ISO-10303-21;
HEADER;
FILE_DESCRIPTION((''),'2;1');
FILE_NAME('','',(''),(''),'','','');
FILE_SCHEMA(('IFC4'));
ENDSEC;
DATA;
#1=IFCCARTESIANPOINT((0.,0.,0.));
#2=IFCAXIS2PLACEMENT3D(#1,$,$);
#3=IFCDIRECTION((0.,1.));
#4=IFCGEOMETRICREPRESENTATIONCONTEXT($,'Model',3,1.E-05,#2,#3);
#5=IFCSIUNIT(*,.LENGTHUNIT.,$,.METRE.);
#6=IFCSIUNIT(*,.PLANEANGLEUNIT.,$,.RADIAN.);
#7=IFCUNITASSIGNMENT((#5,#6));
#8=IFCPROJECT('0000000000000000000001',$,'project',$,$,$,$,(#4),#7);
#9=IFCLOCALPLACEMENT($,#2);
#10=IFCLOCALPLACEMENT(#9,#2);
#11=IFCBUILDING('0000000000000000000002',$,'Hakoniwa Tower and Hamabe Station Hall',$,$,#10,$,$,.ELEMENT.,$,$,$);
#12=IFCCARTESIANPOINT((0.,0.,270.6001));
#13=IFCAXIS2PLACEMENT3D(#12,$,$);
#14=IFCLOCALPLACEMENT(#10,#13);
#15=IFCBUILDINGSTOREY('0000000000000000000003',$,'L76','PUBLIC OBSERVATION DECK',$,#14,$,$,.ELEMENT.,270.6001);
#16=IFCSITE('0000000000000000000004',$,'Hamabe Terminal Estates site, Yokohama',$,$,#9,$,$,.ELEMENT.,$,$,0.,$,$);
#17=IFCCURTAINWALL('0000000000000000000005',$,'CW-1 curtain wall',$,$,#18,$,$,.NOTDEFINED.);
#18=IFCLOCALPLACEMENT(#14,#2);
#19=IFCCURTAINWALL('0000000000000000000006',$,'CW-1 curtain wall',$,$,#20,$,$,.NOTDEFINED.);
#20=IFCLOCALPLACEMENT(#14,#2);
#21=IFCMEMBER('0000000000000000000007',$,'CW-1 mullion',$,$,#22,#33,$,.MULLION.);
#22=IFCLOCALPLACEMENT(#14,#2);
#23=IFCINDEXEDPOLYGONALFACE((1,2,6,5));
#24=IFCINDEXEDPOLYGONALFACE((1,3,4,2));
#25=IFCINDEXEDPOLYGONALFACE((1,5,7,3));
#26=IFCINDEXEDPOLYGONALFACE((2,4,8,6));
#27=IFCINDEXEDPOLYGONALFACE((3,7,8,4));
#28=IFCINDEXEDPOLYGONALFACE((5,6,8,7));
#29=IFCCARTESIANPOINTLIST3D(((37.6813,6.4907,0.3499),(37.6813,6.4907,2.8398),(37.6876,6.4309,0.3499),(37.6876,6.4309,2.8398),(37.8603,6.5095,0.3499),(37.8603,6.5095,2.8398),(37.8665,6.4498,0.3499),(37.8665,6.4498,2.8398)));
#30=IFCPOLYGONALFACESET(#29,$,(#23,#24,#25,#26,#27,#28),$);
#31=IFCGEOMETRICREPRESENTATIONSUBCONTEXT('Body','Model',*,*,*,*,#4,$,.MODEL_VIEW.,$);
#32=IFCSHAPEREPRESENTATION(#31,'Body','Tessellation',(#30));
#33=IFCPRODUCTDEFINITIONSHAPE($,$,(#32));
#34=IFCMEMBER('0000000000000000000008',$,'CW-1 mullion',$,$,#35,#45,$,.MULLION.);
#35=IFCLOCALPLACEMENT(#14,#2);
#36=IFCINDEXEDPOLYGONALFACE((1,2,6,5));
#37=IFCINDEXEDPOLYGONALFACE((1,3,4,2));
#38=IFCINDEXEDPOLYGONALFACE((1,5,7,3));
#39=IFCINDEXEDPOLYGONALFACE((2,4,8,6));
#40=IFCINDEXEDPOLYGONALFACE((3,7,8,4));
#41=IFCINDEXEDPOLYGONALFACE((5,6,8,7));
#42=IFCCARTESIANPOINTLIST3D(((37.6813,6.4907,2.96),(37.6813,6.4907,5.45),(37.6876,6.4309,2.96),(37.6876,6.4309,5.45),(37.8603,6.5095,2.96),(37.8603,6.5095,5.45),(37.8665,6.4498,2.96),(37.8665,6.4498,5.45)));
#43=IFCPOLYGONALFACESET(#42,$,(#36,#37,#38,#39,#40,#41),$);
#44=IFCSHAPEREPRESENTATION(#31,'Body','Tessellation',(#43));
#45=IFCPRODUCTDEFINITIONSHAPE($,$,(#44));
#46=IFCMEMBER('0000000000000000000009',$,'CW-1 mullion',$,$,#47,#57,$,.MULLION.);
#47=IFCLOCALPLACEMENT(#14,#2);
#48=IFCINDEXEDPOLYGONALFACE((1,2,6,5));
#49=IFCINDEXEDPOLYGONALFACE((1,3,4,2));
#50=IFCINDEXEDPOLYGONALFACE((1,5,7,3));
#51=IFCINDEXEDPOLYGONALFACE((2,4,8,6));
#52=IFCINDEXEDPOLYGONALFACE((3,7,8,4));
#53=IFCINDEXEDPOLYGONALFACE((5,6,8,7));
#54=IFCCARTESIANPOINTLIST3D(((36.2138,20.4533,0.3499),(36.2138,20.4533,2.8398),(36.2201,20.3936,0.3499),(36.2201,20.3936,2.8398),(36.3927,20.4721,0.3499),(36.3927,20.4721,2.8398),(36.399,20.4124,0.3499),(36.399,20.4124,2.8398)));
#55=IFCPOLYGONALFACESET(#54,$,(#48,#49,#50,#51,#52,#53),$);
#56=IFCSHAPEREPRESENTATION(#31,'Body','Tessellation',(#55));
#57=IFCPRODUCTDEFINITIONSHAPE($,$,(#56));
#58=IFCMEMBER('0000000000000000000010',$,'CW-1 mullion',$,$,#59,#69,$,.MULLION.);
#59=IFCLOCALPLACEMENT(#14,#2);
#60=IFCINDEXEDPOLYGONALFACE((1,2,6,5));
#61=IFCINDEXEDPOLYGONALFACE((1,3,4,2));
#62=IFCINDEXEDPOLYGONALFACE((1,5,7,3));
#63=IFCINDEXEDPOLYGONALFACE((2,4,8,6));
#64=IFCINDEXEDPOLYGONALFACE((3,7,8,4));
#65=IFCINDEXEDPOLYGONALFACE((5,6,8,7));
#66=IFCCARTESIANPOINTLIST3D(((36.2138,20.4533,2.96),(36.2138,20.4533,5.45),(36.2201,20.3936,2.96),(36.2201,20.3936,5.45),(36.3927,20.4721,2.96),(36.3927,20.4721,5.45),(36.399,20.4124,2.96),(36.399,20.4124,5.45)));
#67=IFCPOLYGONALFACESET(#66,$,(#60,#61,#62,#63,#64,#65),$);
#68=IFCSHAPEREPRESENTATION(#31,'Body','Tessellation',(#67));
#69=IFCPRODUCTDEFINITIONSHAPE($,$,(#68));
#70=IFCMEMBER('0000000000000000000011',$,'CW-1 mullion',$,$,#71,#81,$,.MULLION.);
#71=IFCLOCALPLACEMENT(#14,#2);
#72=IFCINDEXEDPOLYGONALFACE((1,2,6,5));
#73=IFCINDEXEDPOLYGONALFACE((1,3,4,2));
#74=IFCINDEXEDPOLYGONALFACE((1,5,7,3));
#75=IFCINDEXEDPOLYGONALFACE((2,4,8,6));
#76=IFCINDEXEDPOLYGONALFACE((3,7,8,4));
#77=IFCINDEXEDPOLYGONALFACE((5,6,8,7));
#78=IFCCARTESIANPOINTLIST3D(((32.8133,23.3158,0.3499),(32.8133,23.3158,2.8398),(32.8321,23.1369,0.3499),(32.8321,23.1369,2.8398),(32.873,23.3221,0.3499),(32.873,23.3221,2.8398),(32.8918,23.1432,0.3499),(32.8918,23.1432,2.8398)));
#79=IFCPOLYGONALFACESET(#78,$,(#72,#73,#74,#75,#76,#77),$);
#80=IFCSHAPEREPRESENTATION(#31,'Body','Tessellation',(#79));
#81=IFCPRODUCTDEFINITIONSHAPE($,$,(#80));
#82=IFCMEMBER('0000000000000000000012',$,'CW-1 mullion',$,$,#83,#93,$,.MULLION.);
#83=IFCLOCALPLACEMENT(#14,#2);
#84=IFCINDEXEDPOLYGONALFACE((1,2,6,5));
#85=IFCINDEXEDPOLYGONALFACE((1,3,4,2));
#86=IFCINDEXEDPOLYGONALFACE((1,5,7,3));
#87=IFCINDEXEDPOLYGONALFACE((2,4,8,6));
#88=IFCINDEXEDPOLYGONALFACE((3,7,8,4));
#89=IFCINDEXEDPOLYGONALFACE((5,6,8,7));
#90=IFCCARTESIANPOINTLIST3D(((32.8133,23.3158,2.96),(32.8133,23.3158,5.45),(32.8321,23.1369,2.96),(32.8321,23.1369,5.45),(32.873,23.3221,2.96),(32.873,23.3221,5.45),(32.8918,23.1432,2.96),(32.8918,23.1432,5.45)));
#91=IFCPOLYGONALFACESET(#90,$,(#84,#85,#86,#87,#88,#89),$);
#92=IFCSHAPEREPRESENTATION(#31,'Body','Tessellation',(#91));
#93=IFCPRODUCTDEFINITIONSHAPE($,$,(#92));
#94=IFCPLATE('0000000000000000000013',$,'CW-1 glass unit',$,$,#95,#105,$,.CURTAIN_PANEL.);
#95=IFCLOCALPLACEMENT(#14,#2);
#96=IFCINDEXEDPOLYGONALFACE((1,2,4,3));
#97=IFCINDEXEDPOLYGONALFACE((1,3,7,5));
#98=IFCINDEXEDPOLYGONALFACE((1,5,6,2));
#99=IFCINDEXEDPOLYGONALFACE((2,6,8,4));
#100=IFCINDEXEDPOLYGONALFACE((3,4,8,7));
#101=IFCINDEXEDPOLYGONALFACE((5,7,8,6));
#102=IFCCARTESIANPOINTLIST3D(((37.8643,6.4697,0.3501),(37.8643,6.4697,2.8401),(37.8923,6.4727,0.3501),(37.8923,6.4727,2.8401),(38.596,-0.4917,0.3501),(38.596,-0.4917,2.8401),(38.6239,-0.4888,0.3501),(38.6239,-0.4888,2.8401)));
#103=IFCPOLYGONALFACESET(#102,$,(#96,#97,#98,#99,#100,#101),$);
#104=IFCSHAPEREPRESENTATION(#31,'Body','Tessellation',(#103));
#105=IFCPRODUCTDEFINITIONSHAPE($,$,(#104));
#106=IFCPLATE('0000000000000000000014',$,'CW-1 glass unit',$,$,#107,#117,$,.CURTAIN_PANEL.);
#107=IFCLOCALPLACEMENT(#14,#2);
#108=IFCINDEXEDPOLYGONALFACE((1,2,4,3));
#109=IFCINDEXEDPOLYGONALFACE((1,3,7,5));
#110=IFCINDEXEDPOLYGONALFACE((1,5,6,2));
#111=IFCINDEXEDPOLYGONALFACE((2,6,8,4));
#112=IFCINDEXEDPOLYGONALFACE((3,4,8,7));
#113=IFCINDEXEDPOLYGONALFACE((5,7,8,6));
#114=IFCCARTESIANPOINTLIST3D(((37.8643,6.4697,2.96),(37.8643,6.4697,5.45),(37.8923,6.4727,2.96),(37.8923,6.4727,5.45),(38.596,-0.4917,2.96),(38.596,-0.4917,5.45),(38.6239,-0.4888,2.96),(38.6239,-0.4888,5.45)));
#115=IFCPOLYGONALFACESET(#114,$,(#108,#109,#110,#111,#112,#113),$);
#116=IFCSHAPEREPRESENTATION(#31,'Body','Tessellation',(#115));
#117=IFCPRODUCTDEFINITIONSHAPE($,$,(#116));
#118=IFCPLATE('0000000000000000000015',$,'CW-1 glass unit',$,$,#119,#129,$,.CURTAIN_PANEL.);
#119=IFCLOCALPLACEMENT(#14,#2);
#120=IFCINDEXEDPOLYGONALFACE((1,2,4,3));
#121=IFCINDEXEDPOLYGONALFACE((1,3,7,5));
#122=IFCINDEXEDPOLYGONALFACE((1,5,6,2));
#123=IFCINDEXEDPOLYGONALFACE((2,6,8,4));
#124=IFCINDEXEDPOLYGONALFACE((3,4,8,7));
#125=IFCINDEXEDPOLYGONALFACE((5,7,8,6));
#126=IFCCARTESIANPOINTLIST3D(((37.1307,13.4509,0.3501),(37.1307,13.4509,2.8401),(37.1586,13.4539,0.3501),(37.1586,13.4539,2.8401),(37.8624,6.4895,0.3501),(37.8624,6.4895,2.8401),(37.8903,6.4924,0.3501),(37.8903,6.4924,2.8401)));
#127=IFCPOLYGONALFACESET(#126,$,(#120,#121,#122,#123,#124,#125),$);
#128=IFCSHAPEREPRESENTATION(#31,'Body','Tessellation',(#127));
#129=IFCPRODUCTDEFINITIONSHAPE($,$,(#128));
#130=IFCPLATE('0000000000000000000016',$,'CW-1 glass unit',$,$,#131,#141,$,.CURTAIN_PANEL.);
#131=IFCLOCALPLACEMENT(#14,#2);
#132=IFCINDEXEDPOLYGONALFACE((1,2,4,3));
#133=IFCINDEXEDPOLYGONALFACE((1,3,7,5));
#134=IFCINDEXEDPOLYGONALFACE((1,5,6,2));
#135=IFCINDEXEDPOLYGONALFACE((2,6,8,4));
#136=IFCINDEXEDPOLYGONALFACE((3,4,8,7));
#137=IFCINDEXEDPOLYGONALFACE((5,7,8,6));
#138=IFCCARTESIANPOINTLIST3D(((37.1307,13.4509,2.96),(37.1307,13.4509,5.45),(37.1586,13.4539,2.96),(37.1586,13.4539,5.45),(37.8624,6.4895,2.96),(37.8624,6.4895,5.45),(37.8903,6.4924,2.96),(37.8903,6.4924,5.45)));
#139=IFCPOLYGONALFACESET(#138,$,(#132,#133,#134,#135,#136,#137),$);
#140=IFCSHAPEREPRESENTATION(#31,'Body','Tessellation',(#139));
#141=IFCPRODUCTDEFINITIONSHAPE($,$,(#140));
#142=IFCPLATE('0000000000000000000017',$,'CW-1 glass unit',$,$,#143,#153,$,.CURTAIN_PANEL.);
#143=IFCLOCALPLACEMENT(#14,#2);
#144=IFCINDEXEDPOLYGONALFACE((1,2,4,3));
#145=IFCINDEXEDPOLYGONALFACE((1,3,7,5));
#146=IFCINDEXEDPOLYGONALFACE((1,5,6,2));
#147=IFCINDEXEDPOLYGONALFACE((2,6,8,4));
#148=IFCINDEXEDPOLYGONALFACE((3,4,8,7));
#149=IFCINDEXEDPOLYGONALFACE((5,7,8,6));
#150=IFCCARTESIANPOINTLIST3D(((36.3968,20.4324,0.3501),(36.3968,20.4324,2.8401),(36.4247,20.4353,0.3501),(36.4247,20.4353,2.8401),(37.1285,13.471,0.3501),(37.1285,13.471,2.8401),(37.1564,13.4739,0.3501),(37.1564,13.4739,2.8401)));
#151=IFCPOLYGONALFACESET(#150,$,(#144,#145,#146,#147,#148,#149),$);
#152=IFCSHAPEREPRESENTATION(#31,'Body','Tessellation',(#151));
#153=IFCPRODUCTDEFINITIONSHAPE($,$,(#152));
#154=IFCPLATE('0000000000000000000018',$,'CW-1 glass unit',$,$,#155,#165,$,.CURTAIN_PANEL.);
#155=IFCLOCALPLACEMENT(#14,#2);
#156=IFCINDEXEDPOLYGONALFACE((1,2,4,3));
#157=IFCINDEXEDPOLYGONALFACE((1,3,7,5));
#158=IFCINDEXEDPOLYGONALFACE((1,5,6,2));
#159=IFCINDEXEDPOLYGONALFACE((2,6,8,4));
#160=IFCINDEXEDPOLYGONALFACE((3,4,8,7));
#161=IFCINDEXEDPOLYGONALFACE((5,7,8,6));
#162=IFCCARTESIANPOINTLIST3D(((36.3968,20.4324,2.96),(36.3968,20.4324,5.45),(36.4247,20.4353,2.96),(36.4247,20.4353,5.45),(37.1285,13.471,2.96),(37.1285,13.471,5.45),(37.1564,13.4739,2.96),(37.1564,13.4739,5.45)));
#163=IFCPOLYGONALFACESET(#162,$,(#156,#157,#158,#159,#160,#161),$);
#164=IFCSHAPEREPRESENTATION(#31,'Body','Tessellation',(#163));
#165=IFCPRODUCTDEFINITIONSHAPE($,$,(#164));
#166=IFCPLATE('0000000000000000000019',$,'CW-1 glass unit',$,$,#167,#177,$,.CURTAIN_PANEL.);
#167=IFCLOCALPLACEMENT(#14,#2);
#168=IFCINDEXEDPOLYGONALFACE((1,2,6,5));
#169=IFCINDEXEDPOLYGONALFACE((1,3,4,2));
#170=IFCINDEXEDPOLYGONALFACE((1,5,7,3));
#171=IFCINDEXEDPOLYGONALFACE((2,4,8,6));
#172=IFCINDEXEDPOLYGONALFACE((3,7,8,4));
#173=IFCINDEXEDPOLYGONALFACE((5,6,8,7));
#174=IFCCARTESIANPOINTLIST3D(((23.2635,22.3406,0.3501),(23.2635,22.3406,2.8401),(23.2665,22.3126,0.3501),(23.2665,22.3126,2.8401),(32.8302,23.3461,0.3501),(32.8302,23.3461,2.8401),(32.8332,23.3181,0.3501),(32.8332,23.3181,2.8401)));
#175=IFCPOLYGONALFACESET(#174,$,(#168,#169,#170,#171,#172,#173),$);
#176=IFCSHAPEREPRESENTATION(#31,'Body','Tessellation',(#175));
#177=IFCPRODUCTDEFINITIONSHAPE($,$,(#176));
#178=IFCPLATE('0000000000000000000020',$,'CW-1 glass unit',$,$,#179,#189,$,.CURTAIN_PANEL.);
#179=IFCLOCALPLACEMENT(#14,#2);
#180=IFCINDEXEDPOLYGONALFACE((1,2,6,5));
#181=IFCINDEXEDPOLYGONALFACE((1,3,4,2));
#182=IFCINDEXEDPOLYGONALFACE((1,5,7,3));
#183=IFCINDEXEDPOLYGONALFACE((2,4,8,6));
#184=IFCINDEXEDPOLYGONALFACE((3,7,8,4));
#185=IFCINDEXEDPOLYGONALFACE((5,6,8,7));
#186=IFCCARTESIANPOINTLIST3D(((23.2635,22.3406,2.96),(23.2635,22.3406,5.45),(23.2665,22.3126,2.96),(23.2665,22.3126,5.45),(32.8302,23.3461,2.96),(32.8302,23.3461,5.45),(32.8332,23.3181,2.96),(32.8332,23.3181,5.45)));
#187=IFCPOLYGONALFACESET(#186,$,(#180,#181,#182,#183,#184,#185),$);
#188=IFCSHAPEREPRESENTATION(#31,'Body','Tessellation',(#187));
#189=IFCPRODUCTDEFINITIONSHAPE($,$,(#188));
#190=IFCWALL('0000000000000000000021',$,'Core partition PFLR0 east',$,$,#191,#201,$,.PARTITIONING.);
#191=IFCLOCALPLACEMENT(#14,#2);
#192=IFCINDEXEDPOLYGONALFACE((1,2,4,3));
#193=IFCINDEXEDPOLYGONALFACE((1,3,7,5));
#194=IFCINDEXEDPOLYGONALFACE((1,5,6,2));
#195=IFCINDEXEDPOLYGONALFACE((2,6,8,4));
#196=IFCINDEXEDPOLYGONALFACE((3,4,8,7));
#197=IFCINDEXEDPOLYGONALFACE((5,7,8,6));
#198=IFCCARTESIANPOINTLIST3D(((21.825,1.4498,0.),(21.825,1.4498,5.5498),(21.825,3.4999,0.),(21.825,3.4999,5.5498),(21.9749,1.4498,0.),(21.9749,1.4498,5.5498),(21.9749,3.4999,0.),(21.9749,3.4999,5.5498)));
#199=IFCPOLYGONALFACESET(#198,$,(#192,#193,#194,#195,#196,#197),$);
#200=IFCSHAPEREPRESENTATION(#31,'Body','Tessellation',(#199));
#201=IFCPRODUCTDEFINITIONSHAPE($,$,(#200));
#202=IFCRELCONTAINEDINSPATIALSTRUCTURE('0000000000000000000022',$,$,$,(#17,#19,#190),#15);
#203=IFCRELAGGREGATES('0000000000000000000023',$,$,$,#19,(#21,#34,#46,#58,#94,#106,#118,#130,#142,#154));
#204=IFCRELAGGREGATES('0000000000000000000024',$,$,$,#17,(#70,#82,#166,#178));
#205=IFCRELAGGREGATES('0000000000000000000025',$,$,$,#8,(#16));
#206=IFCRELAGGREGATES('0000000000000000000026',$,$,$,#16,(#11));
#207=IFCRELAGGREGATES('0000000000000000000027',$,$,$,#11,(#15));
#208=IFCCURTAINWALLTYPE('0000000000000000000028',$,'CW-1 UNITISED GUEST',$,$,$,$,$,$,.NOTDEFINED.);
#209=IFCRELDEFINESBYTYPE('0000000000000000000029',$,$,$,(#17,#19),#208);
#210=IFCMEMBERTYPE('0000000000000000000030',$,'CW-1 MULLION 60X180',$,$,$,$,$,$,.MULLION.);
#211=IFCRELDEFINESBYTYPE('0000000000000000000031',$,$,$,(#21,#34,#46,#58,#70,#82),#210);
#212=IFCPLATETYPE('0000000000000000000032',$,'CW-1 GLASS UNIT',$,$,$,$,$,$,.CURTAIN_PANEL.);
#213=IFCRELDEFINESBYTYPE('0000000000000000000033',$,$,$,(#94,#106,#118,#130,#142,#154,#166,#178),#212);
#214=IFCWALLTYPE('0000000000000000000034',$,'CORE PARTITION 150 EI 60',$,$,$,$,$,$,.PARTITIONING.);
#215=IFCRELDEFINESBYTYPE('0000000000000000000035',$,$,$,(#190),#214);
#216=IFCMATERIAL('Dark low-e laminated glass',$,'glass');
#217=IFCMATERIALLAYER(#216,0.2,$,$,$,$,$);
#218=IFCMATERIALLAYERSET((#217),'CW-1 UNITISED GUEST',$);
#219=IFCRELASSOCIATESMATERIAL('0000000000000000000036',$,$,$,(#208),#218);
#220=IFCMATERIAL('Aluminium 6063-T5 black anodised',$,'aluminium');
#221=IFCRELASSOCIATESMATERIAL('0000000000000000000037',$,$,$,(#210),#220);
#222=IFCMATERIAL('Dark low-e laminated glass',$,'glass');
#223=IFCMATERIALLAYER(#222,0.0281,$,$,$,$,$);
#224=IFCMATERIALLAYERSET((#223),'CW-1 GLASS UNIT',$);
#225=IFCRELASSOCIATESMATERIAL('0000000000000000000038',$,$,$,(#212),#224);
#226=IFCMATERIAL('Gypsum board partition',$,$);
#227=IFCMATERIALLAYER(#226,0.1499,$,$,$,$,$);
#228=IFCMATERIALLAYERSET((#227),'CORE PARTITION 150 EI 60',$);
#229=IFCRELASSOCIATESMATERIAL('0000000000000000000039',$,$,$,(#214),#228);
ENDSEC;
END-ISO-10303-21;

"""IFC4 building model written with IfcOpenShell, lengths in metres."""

from ifc_helpers import new_model, si_unit, direction, frame, frame_2d, origin, origin_2d, place, context, subcontext, project, spatial, rectangle, extrude, material, layer, layer_set, material_profile, profile_set, type_object, element, aggregate, save


model = new_model("IFC4")

# Units and contexts
model_context = context("Model", 3, precision=1e-05, world=origin(), true_north=direction((0.0, 1.0)))
body_context = subcontext(model_context, "Body", "Model", "MODEL_VIEW")
ifc_project = project(units=[si_unit("LENGTHUNIT", "METRE"), si_unit("PLANEANGLEUNIT", "RADIAN")], contexts=[model_context])

# Site, building, storey
site_placement = place(None, origin())
site = spatial("IfcSite", under=ifc_project, at=site_placement, Name="Hamabe Terminal Estates site, Yokohama", CompositionType="ELEMENT", RefElevation=0.0)
building_placement = place(site_placement, origin())
building = spatial("IfcBuilding", under=site, at=building_placement, Name="Hakoniwa Tower and Hamabe Station Hall", CompositionType="ELEMENT")
storey_placement = place(building_placement, frame((0.0, 0.0, 270.6001)))
storey = spatial("IfcBuildingStorey", under=building, at=storey_placement, Name="L76", Description="PUBLIC OBSERVATION DECK", CompositionType="ELEMENT", Elevation=270.6001)

# Curtain walls, members
ifc_material_1 = material(Name="Dark low-e laminated glass", Category="glass")
ifc_layer_1 = layer(ifc_material_1, 0.2)
ifc_layer_set_1 = layer_set([ifc_layer_1], Name="CW-1 UNITISED GUEST")
curtain_wall_type = type_object("IfcCurtainWallType", Name="CW-1 UNITISED GUEST", PredefinedType="NOTDEFINED", material=ifc_layer_set_1)
curtain_wall_1_placement = place(storey_placement, origin())
curtain_wall_1 = element("IfcCurtainWall", 1, at=curtain_wall_1_placement, inside=storey, type_object=curtain_wall_type, Name="CW-1 curtain wall", PredefinedType="NOTDEFINED")
curtain_wall_2_placement = place(storey_placement, origin())
curtain_wall_2 = element("IfcCurtainWall", 2, at=curtain_wall_2_placement, inside=storey, type_object=curtain_wall_type, Name="CW-1 curtain wall", PredefinedType="NOTDEFINED")
ifc_material_2 = material(Name="Aluminium 6063-T5 black anodised", Category="aluminium")
ifc_material_profile_1 = material_profile(ifc_material_2, rectangle(XDim=0.0601, YDim=0.1799, at=origin_2d()), Name="CW-1 MULLION 60X180")
ifc_profile_set_1 = profile_set([ifc_material_profile_1], Name="Aluminium 6063-T5 black anodised")
member_type_1 = type_object("IfcMemberType", Name="CW-1 MULLION 60X180", PredefinedType="MULLION", material=ifc_profile_set_1)
member_1_placement = place(storey_placement, frame((37.7739, 6.4702, 0.3499), z_axis=(0.0, 0.0, 1.0), x_axis=(-0.104528, 0.994522, 0.0)))
member_1 = element("IfcMember", 3, at=member_1_placement, type_object=member_type_1, Name="CW-1 mullion", PredefinedType="MULLION", context=body_context, shape_type="SweptSolid", body=[
    extrude(rectangle(XDim=0.0601, YDim=0.1799, at=origin_2d()), origin(), (0.0, 0.0, 1.0), 2.49),
])
member_2_placement = place(storey_placement, frame((37.7739, 6.4702, 2.96), z_axis=(0.0, 0.0, 1.0), x_axis=(-0.104528, 0.994522, 0.0)))
member_2 = element("IfcMember", 4, at=member_2_placement, type_object=member_type_1, Name="CW-1 mullion", PredefinedType="MULLION", context=body_context, shape_type="SweptSolid", body=[
    extrude(rectangle(XDim=0.0601, YDim=0.1799, at=origin_2d()), origin(), (0.0, 0.0, 1.0), 2.49),
])
member_3_placement = place(storey_placement, frame((36.3064, 20.4329, 0.3499), z_axis=(0.0, 0.0, 1.0), x_axis=(-0.104528, 0.994522, 0.0)))
member_3 = element("IfcMember", 5, at=member_3_placement, type_object=member_type_1, Name="CW-1 mullion", PredefinedType="MULLION", context=body_context, shape_type="SweptSolid", body=[
    extrude(rectangle(XDim=0.0601, YDim=0.1799, at=origin_2d()), origin(), (0.0, 0.0, 1.0), 2.49),
])
member_4_placement = place(storey_placement, frame((36.3064, 20.4329, 2.96), z_axis=(0.0, 0.0, 1.0), x_axis=(-0.104528, 0.994522, 0.0)))
member_4 = element("IfcMember", 6, at=member_4_placement, type_object=member_type_1, Name="CW-1 mullion", PredefinedType="MULLION", context=body_context, shape_type="SweptSolid", body=[
    extrude(rectangle(XDim=0.0601, YDim=0.1799, at=origin_2d()), origin(), (0.0, 0.0, 1.0), 2.49),
])

# Members
member_5_placement = place(storey_placement, frame((32.8525, 23.2295, 0.3499), z_axis=(0.0, 0.0, 1.0), x_axis=(-0.994522, -0.104528, 0.0)))
member_5 = element("IfcMember", 7, at=member_5_placement, type_object=member_type_1, Name="CW-1 mullion", PredefinedType="MULLION", context=body_context, shape_type="SweptSolid", body=[
    extrude(rectangle(XDim=0.0601, YDim=0.1799, at=origin_2d()), origin(), (0.0, 0.0, 1.0), 2.49),
])
member_6_placement = place(storey_placement, frame((32.8525, 23.2295, 2.96), z_axis=(0.0, 0.0, 1.0), x_axis=(-0.994522, -0.104528, 0.0)))
member_6 = element("IfcMember", 8, at=member_6_placement, type_object=member_type_1, Name="CW-1 mullion", PredefinedType="MULLION", context=body_context, shape_type="SweptSolid", body=[
    extrude(rectangle(XDim=0.0601, YDim=0.1799, at=origin_2d()), origin(), (0.0, 0.0, 1.0), 2.49),
])

# Plates
ifc_material_3 = material(Name="Dark low-e laminated glass", Category="glass")
ifc_layer_2 = layer(ifc_material_3, 0.0281)
ifc_layer_set_2 = layer_set([ifc_layer_2], Name="CW-1 GLASS UNIT")
plate_type = type_object("IfcPlateType", Name="CW-1 GLASS UNIT", PredefinedType="CURTAIN_PANEL", material=ifc_layer_set_2)
plate_1_placement = place(storey_placement, frame((38.2441, 2.9905, 0.3501), z_axis=(0.0, 0.0, 1.0), x_axis=(-0.104528, 0.994522, 0.0)))
plate_1 = element("IfcPlate", 9, at=plate_1_placement, type_object=plate_type, Name="CW-1 glass unit", PredefinedType="CURTAIN_PANEL", context=body_context, shape_type="SweptSolid", body=[
    extrude(rectangle(XDim=6.9998, YDim=0.0281, at=origin_2d()), origin(), (0.0, 0.0, 1.0), 2.49),
])
plate_2_placement = place(storey_placement, frame((38.2441, 2.9905, 2.96), z_axis=(0.0, 0.0, 1.0), x_axis=(-0.104528, 0.994522, 0.0)))
plate_2 = element("IfcPlate", 10, at=plate_2_placement, type_object=plate_type, Name="CW-1 glass unit", PredefinedType="CURTAIN_PANEL", context=body_context, shape_type="SweptSolid", body=[
    extrude(rectangle(XDim=6.9998, YDim=0.0281, at=origin_2d()), origin(), (0.0, 0.0, 1.0), 2.49),
])
plate_3_placement = place(storey_placement, frame((37.5105, 9.9717, 0.3501), z_axis=(0.0, 0.0, 1.0), x_axis=(-0.104528, 0.994522, 0.0)))
plate_3 = element("IfcPlate", 11, at=plate_3_placement, type_object=plate_type, Name="CW-1 glass unit", PredefinedType="CURTAIN_PANEL", context=body_context, shape_type="SweptSolid", body=[
    extrude(rectangle(XDim=6.9998, YDim=0.0281, at=origin_2d()), origin(), (0.0, 0.0, 1.0), 2.49),
])
plate_4_placement = place(storey_placement, frame((37.5105, 9.9717, 2.96), z_axis=(0.0, 0.0, 1.0), x_axis=(-0.104528, 0.994522, 0.0)))
plate_4 = element("IfcPlate", 12, at=plate_4_placement, type_object=plate_type, Name="CW-1 glass unit", PredefinedType="CURTAIN_PANEL", context=body_context, shape_type="SweptSolid", body=[
    extrude(rectangle(XDim=6.9998, YDim=0.0281, at=origin_2d()), origin(), (0.0, 0.0, 1.0), 2.49),
])
plate_5_placement = place(storey_placement, frame((36.7766, 16.9531, 0.3501), z_axis=(0.0, 0.0, 1.0), x_axis=(-0.104528, 0.994522, 0.0)))
plate_5 = element("IfcPlate", 13, at=plate_5_placement, type_object=plate_type, Name="CW-1 glass unit", PredefinedType="CURTAIN_PANEL", context=body_context, shape_type="SweptSolid", body=[
    extrude(rectangle(XDim=6.9998, YDim=0.0281, at=origin_2d()), origin(), (0.0, 0.0, 1.0), 2.49),
])
plate_6_placement = place(storey_placement, frame((36.7766, 16.9531, 2.96), z_axis=(0.0, 0.0, 1.0), x_axis=(-0.104528, 0.994522, 0.0)))
plate_6 = element("IfcPlate", 14, at=plate_6_placement, type_object=plate_type, Name="CW-1 glass unit", PredefinedType="CURTAIN_PANEL", context=body_context, shape_type="SweptSolid", body=[
    extrude(rectangle(XDim=6.9998, YDim=0.0281, at=origin_2d()), origin(), (0.0, 0.0, 1.0), 2.49),
])
aggregate(curtain_wall_2, [member_1, member_2, member_3, member_4, plate_1, plate_2, plate_3, plate_4, plate_5, plate_6])
plate_7_placement = place(storey_placement, frame((28.0483, 22.8293, 0.3501), z_axis=(0.0, 0.0, 1.0), x_axis=(-0.994522, -0.104528, 0.0)))
plate_7 = element("IfcPlate", 15, at=plate_7_placement, type_object=plate_type, Name="CW-1 glass unit", PredefinedType="CURTAIN_PANEL", context=body_context, shape_type="SweptSolid", body=[
    extrude(rectangle(XDim=9.6194, YDim=0.0281, at=origin_2d()), origin(), (0.0, 0.0, 1.0), 2.49),
])
plate_8_placement = place(storey_placement, frame((28.0483, 22.8293, 2.96), z_axis=(0.0, 0.0, 1.0), x_axis=(-0.994522, -0.104528, 0.0)))
plate_8 = element("IfcPlate", 16, at=plate_8_placement, type_object=plate_type, Name="CW-1 glass unit", PredefinedType="CURTAIN_PANEL", context=body_context, shape_type="SweptSolid", body=[
    extrude(rectangle(XDim=9.6194, YDim=0.0281, at=origin_2d()), origin(), (0.0, 0.0, 1.0), 2.49),
])
aggregate(curtain_wall_1, [member_5, member_6, plate_7, plate_8])

# Wall
ifc_material_4 = material(Name="Gypsum board partition")
ifc_layer_3 = layer(ifc_material_4, 0.1499)
ifc_layer_set_3 = layer_set([ifc_layer_3], Name="CORE PARTITION 150 EI 60")
wall_type_1 = type_object("IfcWallType", Name="CORE PARTITION 150 EI 60", PredefinedType="PARTITIONING", material=ifc_layer_set_3)
wall_1_placement = place(storey_placement, frame((21.8999, 1.45, 0.0), z_axis=(0.0, 0.0, 1.0), x_axis=(0.0, 1.0, 0.0)))
element("IfcWall", 17, at=wall_1_placement, inside=storey, type_object=wall_type_1, Name="Core partition PFLR0 east", PredefinedType="PARTITIONING", context=body_context, shape_type="SweptSolid", body=[
    extrude(rectangle(XDim=2.05, YDim=0.1499, at=frame_2d((1.0249, 0.0))), origin(), (0.0, 0.0, 1.0), 5.5498),
])

save(model, "model.ifc")
